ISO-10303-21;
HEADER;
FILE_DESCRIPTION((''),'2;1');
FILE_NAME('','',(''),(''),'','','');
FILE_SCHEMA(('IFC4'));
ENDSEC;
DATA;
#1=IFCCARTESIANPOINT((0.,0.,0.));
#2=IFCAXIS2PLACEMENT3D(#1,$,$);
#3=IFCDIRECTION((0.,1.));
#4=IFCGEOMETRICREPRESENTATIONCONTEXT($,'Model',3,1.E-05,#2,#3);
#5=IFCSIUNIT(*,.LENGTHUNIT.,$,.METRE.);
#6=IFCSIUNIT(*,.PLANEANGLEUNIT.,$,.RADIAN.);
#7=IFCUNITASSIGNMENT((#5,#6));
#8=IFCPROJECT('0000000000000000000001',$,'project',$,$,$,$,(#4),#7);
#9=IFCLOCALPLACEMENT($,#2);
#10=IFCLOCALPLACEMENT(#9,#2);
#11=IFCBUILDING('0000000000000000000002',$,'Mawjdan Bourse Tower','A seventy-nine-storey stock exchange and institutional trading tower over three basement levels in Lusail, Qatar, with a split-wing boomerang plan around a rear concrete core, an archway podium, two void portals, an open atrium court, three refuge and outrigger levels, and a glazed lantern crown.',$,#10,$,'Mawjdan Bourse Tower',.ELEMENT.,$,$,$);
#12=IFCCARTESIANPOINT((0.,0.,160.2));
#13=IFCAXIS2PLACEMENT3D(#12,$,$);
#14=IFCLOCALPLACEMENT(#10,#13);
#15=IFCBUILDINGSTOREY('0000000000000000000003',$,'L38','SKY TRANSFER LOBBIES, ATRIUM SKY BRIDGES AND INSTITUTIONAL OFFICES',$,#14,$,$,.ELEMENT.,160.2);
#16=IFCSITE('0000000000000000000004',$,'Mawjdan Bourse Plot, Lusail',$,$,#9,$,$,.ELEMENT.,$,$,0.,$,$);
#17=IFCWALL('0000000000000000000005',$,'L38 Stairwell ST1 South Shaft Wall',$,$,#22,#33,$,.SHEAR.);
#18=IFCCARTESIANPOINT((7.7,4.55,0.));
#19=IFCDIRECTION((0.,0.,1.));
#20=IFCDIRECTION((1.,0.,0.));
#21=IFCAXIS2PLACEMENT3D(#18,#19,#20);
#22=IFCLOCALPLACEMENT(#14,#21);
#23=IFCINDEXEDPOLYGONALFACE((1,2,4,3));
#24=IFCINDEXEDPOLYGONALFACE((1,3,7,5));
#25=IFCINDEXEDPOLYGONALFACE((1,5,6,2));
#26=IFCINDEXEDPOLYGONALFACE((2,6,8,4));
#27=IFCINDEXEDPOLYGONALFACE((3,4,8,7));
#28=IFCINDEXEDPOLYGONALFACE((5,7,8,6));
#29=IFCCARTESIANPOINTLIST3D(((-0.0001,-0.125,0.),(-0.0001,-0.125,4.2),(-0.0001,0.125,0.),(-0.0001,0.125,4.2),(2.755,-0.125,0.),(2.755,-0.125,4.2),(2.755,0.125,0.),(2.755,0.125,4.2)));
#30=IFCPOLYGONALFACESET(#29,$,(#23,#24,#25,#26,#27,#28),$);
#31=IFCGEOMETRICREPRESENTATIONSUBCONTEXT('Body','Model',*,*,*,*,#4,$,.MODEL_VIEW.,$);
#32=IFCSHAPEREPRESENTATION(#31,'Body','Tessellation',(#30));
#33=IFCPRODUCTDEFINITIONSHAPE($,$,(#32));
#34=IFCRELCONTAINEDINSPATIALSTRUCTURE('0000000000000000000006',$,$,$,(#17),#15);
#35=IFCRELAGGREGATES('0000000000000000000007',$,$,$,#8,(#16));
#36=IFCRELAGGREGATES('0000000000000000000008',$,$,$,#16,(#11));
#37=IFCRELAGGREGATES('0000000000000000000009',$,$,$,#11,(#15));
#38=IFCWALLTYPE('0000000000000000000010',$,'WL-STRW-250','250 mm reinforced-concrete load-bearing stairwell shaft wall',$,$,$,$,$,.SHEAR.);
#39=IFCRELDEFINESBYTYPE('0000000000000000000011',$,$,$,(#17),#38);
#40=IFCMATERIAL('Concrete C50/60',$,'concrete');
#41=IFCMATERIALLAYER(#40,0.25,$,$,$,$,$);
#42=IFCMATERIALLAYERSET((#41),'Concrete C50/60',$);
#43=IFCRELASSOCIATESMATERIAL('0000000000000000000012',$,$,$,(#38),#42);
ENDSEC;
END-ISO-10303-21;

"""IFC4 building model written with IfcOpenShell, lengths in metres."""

from ifc_helpers import new_model, si_unit, direction, frame, frame_2d, origin, place, context, subcontext, project, spatial, rectangle, extrude, material, layer, layer_set, type_object, element, save


model = new_model("IFC4")

# Units and contexts
model_context = context("Model", 3, precision=1e-05, world=origin(), true_north=direction((0.0, 1.0)))
body_context = subcontext(model_context, "Body", "Model", "MODEL_VIEW")
ifc_project = project(units=[si_unit("LENGTHUNIT", "METRE"), si_unit("PLANEANGLEUNIT", "RADIAN")], contexts=[model_context])

# Site, building, storey
site_placement = place(None, origin())
site = spatial("IfcSite", under=ifc_project, at=site_placement, Name="Mawjdan Bourse Plot, Lusail", CompositionType="ELEMENT", RefElevation=0.0)
building_placement = place(site_placement, origin())
building = spatial("IfcBuilding", under=site, at=building_placement, Name="Mawjdan Bourse Tower", Description="A seventy-nine-storey stock exchange and institutional trading tower over three basement levels in Lusail, Qatar, with a split-wing boomerang plan around a rear concrete core, an archway podium, two void portals, an open atrium court, three refuge and outrigger levels, and a glazed lantern crown.", LongName="Mawjdan Bourse Tower", CompositionType="ELEMENT")
storey_placement = place(building_placement, frame((0.0, 0.0, 160.2)))
storey = spatial("IfcBuildingStorey", under=building, at=storey_placement, Name="L38", Description="SKY TRANSFER LOBBIES, ATRIUM SKY BRIDGES AND INSTITUTIONAL OFFICES", CompositionType="ELEMENT", Elevation=160.2)

# Shared definitions
ifc_material_1 = material(Name="Concrete C50/60", Category="concrete")

# Wall
ifc_layer_1 = layer(ifc_material_1, 0.25)
ifc_layer_set_1 = layer_set([ifc_layer_1], Name="Concrete C50/60")
wall_type_1 = type_object("IfcWallType", Name="WL-STRW-250", Description="250 mm reinforced-concrete load-bearing stairwell shaft wall", PredefinedType="SHEAR", material=ifc_layer_set_1)
wall_1_placement = place(storey_placement, frame((7.7, 4.55, 0.0), z_axis=(0.0, 0.0, 1.0), x_axis=(1.0, 0.0, 0.0)))
element("IfcWall", 1, at=wall_1_placement, inside=storey, type_object=wall_type_1, Name="L38 Stairwell ST1 South Shaft Wall", PredefinedType="SHEAR", context=body_context, shape_type="SweptSolid", body=[
    extrude(rectangle(XDim=2.7551, YDim=0.25, at=frame_2d((1.3774, 0.0))), origin(), (0.0, 0.0, 1.0), 4.2),
])

save(model, "model.ifc")
